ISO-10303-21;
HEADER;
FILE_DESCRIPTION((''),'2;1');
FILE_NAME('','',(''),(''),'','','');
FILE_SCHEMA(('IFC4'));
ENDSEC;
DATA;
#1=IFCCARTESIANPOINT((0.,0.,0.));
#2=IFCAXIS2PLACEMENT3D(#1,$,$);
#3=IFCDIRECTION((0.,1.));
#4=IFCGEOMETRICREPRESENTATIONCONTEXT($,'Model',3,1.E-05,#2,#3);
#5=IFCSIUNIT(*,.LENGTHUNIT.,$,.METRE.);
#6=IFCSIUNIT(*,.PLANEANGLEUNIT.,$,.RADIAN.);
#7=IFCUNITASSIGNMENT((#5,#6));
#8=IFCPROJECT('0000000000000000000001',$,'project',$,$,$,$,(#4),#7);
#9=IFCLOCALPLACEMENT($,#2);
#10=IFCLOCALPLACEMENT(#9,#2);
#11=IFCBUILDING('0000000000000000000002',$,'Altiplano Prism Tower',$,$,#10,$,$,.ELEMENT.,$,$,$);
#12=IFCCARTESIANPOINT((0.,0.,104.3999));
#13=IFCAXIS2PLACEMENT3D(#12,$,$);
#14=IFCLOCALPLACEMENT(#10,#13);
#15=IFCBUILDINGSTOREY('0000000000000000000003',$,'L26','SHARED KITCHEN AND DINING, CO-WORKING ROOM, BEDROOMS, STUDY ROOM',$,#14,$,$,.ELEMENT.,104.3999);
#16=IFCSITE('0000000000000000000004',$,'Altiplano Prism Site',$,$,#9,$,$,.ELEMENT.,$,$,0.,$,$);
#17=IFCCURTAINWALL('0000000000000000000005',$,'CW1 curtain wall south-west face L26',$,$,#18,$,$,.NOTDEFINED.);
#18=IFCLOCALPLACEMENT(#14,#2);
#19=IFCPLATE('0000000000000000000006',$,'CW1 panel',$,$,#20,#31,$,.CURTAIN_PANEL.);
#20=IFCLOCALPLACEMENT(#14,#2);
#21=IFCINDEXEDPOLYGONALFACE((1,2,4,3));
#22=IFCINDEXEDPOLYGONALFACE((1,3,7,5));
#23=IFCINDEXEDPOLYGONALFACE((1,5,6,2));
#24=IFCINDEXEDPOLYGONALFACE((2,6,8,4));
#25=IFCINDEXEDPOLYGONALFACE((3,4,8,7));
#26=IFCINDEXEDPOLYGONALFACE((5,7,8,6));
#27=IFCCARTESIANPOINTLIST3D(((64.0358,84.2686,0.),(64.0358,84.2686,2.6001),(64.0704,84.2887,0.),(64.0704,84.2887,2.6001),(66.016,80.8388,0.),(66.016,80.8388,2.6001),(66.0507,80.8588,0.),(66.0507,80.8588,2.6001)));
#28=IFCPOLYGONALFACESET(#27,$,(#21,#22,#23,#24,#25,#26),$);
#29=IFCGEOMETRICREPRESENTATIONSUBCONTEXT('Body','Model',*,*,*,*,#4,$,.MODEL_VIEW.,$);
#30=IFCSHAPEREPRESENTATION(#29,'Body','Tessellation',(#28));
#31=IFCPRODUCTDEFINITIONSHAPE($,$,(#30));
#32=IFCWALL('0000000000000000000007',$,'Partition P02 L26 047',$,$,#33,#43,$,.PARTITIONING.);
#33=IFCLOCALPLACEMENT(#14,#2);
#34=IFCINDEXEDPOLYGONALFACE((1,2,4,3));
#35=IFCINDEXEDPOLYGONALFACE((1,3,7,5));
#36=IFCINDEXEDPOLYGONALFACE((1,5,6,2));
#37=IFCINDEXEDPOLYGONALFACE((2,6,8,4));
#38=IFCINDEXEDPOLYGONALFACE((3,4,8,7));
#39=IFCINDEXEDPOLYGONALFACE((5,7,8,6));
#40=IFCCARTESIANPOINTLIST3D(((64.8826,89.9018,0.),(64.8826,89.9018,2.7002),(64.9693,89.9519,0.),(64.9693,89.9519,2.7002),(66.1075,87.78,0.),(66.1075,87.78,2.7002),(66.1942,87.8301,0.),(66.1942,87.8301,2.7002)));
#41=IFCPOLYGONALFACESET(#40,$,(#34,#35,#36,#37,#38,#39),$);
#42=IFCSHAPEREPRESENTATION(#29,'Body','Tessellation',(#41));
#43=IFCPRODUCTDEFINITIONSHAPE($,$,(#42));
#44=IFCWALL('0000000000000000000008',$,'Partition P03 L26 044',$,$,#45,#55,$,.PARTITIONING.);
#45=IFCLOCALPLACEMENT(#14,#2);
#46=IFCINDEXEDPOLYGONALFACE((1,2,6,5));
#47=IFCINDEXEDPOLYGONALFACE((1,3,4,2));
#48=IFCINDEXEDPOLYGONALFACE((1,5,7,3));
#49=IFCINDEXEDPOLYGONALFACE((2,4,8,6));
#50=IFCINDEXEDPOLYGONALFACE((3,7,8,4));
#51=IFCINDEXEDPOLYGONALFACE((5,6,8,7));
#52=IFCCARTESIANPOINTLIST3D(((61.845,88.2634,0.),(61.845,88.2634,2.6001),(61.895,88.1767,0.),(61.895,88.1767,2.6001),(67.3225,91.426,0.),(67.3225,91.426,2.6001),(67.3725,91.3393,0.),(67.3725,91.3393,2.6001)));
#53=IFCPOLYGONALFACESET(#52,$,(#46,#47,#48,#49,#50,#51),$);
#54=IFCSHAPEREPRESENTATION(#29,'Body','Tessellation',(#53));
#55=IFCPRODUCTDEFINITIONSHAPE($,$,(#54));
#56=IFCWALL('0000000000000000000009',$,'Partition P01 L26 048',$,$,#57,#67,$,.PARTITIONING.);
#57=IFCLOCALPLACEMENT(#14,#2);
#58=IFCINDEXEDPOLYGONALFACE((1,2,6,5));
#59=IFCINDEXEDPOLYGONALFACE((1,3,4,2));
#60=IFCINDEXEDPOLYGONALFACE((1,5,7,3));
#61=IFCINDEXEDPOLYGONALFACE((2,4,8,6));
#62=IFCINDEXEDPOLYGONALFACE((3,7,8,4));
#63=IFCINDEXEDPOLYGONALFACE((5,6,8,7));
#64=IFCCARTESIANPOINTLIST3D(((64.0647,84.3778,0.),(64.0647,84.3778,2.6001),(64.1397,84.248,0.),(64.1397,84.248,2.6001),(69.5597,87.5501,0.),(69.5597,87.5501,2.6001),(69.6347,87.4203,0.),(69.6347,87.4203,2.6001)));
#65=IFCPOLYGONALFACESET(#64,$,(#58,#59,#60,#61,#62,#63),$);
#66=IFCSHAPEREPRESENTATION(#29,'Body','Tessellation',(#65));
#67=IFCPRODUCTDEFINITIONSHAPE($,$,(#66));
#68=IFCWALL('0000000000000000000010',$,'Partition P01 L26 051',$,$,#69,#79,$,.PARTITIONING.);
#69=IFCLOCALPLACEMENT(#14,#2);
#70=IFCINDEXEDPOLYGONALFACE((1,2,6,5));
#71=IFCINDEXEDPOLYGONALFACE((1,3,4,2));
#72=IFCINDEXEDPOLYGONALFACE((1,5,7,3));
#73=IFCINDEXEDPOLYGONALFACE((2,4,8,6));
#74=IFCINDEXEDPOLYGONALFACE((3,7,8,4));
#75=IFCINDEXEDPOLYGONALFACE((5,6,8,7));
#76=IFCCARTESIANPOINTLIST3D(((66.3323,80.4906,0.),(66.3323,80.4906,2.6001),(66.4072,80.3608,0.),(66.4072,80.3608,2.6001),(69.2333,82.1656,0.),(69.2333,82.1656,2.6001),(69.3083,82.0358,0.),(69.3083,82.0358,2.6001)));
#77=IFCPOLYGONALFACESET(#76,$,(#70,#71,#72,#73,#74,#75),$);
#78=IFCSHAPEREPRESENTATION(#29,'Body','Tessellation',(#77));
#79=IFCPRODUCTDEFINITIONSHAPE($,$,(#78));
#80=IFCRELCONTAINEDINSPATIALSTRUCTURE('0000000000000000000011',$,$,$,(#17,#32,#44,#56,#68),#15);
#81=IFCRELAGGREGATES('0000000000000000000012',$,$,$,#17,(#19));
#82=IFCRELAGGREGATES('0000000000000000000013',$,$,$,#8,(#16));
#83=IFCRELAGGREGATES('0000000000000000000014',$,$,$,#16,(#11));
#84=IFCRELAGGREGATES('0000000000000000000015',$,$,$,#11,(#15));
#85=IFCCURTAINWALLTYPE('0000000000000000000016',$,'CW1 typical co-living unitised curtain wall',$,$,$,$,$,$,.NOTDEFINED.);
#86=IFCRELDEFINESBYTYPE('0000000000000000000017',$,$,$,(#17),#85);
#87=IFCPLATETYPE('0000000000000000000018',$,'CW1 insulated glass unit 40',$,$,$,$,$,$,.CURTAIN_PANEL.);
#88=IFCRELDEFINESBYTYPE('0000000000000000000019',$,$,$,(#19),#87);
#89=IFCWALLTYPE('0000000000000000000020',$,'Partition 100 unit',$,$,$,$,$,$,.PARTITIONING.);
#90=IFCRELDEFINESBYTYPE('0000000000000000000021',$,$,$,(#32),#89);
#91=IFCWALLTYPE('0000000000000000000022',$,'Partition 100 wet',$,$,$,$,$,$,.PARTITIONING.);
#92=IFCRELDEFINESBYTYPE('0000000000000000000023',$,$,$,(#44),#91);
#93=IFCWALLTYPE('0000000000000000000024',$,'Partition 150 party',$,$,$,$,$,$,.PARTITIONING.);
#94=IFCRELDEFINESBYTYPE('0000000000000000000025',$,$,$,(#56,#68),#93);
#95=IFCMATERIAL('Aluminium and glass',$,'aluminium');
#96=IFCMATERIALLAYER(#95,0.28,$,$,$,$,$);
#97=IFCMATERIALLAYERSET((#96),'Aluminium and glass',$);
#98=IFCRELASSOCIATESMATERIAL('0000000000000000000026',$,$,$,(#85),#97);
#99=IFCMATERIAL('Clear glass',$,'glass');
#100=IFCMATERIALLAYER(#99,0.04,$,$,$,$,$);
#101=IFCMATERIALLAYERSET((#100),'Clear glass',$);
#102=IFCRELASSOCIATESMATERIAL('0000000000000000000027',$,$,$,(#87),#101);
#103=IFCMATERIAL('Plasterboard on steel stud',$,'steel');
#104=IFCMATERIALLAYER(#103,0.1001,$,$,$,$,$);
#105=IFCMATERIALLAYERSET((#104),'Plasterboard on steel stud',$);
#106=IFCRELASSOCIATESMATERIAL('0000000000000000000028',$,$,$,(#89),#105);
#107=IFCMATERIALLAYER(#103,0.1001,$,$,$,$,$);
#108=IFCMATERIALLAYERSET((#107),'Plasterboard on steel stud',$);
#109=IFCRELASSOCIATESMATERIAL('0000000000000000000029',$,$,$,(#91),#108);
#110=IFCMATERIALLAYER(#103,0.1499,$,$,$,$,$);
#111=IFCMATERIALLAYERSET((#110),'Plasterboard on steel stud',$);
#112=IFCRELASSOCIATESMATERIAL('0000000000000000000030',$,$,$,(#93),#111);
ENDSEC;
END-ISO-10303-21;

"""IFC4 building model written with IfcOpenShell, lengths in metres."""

from ifc_helpers import new_model, si_unit, direction, frame, frame_2d, origin, origin_2d, place, context, subcontext, project, spatial, rectangle, extrude, material, layer, layer_set, type_object, element, aggregate, save


model = new_model("IFC4")

# Units and contexts
model_context = context("Model", 3, precision=1e-05, world=origin(), true_north=direction((0.0, 1.0)))
body_context = subcontext(model_context, "Body", "Model", "MODEL_VIEW")
ifc_project = project(units=[si_unit("LENGTHUNIT", "METRE"), si_unit("PLANEANGLEUNIT", "RADIAN")], contexts=[model_context])

# Site, building, storey
site_placement = place(None, origin())
site = spatial("IfcSite", under=ifc_project, at=site_placement, Name="Altiplano Prism Site", CompositionType="ELEMENT", RefElevation=0.0)
building_placement = place(site_placement, origin())
building = spatial("IfcBuilding", under=site, at=building_placement, Name="Altiplano Prism Tower", CompositionType="ELEMENT")
storey_placement = place(building_placement, frame((0.0, 0.0, 104.3999)))
storey = spatial("IfcBuildingStorey", under=building, at=storey_placement, Name="L26", Description="SHARED KITCHEN AND DINING, CO-WORKING ROOM, BEDROOMS, STUDY ROOM", CompositionType="ELEMENT", Elevation=104.3999)

# Curtain wall
ifc_material_1 = material(Name="Aluminium and glass", Category="aluminium")
ifc_layer_1 = layer(ifc_material_1, 0.28)
ifc_layer_set_1 = layer_set([ifc_layer_1], Name="Aluminium and glass")
curtain_wall_type = type_object("IfcCurtainWallType", Name="CW1 typical co-living unitised curtain wall", PredefinedType="NOTDEFINED", material=ifc_layer_set_1)
curtain_wall_placement = place(storey_placement, origin())
curtain_wall = element("IfcCurtainWall", 1, at=curtain_wall_placement, inside=storey, type_object=curtain_wall_type, Name="CW1 curtain wall south-west face L26", PredefinedType="NOTDEFINED")

# Plate
ifc_material_2 = material(Name="Clear glass", Category="glass")
ifc_layer_2 = layer(ifc_material_2, 0.04)
ifc_layer_set_2 = layer_set([ifc_layer_2], Name="Clear glass")
plate_type = type_object("IfcPlateType", Name="CW1 insulated glass unit 40", PredefinedType="CURTAIN_PANEL", material=ifc_layer_set_2)
plate_1_placement = place(storey_placement, frame((65.0432, 82.5637, 0.0), z_axis=(0.0, 0.0, 1.0), x_axis=(0.5, -0.866025, 0.0)))
plate_1 = element("IfcPlate", 2, at=plate_1_placement, type_object=plate_type, Name="CW1 panel", PredefinedType="CURTAIN_PANEL", context=body_context, shape_type="SweptSolid", body=[
    extrude(rectangle(XDim=3.9604, YDim=0.04, at=origin_2d()), origin(), (0.0, 0.0, 1.0), 2.6001),
])
aggregate(curtain_wall, [plate_1])

# Walls
ifc_material_3 = material(Name="Plasterboard on steel stud", Category="steel")
ifc_layer_3 = layer(ifc_material_3, 0.1001)
ifc_layer_set_3 = layer_set([ifc_layer_3], Name="Plasterboard on steel stud")
wall_type_1 = type_object("IfcWallType", Name="Partition 100 unit", PredefinedType="PARTITIONING", material=ifc_layer_set_3)
wall_1_placement = place(storey_placement, frame((66.1509, 87.8049, 0.0), z_axis=(0.0, 0.0, 1.0), x_axis=(-0.499944, 0.866058, 0.0)))
element("IfcWall", 3, at=wall_1_placement, inside=storey, type_object=wall_type_1, Name="Partition P02 L26 047", PredefinedType="PARTITIONING", context=body_context, shape_type="SweptSolid", body=[
    extrude(rectangle(XDim=2.45, YDim=0.1001, at=frame_2d((1.2251, 0.0))), origin(), (0.0, 0.0, 1.0), 2.7002),
])
ifc_layer_4 = layer(ifc_material_3, 0.1001)
ifc_layer_set_4 = layer_set([ifc_layer_4], Name="Plasterboard on steel stud")
wall_type_2 = type_object("IfcWallType", Name="Partition 100 wet", PredefinedType="PARTITIONING", material=ifc_layer_set_4)
wall_2_placement = place(storey_placement, frame((61.8699, 88.22, 0.0), z_axis=(0.0, 0.0, 1.0), x_axis=(0.866016, 0.500016, 0.0)))
element("IfcWall", 4, at=wall_2_placement, inside=storey, type_object=wall_type_2, Name="Partition P03 L26 044", PredefinedType="PARTITIONING", context=body_context, shape_type="SweptSolid", body=[
    extrude(rectangle(XDim=6.325, YDim=0.1001, at=frame_2d((3.1626, 0.0))), origin(), (0.0, 0.0, 1.0), 2.6001),
])
ifc_layer_5 = layer(ifc_material_3, 0.1499)
ifc_layer_set_5 = layer_set([ifc_layer_5], Name="Plasterboard on steel stud")
wall_type_3 = type_object("IfcWallType", Name="Partition 150 party", PredefinedType="PARTITIONING", material=ifc_layer_set_5)
wall_3_placement = place(storey_placement, frame((64.1023, 84.313, 0.0), z_axis=(0.0, 0.0, 1.0), x_axis=(0.866042, 0.499971, 0.0)))
element("IfcWall", 5, at=wall_3_placement, inside=storey, type_object=wall_type_3, Name="Partition P01 L26 048", PredefinedType="PARTITIONING", context=body_context, shape_type="SweptSolid", body=[
    extrude(rectangle(XDim=6.345, YDim=0.1499, at=frame_2d((3.1724, 0.0))), origin(), (0.0, 0.0, 1.0), 2.6001),
])
wall_4_placement = place(storey_placement, frame((66.3699, 80.4258, 0.0), z_axis=(0.0, 0.0, 1.0), x_axis=(0.866014, 0.500019, 0.0)))
element("IfcWall", 6, at=wall_4_placement, inside=storey, type_object=wall_type_3, Name="Partition P01 L26 051", PredefinedType="PARTITIONING", context=body_context, shape_type="SweptSolid", body=[
    extrude(rectangle(XDim=3.3499, YDim=0.1499, at=frame_2d((1.6748, 0.0))), origin(), (0.0, 0.0, 1.0), 2.6001),
])

save(model, "model.ifc")
